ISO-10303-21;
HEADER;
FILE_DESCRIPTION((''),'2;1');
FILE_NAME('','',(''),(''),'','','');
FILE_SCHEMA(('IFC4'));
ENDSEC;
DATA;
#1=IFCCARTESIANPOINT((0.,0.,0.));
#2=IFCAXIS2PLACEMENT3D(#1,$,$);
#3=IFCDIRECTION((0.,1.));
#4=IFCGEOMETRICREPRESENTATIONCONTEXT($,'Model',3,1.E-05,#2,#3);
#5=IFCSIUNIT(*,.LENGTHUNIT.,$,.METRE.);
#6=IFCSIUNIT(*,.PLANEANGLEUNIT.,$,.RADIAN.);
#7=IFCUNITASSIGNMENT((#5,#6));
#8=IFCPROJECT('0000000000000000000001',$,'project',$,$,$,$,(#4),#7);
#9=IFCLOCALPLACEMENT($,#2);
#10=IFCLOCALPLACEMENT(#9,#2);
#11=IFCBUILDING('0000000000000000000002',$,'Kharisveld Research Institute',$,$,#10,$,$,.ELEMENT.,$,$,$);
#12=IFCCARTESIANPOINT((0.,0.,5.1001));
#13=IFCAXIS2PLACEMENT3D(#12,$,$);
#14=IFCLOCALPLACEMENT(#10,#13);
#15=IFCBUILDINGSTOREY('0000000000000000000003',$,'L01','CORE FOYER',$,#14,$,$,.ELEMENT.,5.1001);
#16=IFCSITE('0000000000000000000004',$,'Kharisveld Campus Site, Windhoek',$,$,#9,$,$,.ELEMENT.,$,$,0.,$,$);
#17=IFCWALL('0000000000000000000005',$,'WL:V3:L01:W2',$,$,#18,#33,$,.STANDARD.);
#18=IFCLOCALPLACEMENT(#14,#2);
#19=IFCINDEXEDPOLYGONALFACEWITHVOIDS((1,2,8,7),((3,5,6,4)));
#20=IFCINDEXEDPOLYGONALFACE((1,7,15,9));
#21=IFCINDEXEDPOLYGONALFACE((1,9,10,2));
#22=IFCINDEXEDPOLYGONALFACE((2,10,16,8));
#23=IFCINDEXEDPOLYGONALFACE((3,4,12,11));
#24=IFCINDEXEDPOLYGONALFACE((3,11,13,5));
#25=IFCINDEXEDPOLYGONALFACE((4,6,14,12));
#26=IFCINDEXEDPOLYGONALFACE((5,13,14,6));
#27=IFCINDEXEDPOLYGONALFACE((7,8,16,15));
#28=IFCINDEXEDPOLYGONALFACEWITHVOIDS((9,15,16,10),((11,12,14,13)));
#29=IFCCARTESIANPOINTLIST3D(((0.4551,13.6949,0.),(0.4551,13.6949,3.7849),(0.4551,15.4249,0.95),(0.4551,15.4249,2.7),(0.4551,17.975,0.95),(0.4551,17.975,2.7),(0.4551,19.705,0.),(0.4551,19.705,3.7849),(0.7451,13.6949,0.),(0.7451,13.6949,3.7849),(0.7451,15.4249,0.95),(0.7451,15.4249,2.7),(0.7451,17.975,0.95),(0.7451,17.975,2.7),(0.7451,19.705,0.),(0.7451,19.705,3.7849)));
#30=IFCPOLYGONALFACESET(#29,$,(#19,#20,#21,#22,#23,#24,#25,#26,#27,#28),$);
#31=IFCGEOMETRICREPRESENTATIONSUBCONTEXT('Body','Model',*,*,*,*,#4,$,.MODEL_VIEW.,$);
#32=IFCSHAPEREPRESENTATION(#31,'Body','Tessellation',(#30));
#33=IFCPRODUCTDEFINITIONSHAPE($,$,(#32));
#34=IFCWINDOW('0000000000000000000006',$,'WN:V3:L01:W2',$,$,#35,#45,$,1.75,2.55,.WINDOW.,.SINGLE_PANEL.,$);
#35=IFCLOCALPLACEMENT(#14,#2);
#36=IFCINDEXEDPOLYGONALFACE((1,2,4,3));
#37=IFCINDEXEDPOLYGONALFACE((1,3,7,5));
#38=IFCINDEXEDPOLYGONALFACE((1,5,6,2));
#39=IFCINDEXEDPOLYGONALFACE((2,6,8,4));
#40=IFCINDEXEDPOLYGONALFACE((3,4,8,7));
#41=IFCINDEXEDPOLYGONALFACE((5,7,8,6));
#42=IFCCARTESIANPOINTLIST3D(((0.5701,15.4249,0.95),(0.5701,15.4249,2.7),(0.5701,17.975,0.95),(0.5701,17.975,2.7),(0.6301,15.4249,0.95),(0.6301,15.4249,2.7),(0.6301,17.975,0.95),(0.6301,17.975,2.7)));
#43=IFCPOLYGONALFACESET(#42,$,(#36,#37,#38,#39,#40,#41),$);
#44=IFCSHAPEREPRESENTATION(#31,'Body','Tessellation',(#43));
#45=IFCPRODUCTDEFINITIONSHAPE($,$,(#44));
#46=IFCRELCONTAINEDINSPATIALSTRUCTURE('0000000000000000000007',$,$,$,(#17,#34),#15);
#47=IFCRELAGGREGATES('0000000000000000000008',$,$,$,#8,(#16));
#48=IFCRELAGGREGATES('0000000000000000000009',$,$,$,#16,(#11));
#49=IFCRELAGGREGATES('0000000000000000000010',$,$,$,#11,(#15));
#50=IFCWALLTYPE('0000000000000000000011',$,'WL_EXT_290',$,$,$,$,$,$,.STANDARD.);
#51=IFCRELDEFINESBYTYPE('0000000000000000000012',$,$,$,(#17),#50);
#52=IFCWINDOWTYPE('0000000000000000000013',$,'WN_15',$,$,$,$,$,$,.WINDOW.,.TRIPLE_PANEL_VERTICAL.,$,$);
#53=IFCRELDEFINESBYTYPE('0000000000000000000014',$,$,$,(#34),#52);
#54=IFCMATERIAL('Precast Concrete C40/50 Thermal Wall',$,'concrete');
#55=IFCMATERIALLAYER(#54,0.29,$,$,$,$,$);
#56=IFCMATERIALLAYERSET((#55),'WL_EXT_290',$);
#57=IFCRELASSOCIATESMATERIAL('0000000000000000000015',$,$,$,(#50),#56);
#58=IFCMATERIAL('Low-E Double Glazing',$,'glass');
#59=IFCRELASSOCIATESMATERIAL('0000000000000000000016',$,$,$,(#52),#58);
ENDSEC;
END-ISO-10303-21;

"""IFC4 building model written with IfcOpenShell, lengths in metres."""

from ifc_helpers import new_model, si_unit, direction, frame, frame_2d, origin, place, context, subcontext, project, spatial, rectangle, extrude, material, layer, layer_set, type_object, element, fill, save


model = new_model("IFC4")

# Units and contexts
model_context = context("Model", 3, precision=1e-05, world=origin(), true_north=direction((0.0, 1.0)))
body_context = subcontext(model_context, "Body", "Model", "MODEL_VIEW")
ifc_project = project(units=[si_unit("LENGTHUNIT", "METRE"), si_unit("PLANEANGLEUNIT", "RADIAN")], contexts=[model_context])

# Site, building, storey
site_placement = place(None, origin())
site = spatial("IfcSite", under=ifc_project, at=site_placement, Name="Kharisveld Campus Site, Windhoek", CompositionType="ELEMENT", RefElevation=0.0)
building_placement = place(site_placement, origin())
building = spatial("IfcBuilding", under=site, at=building_placement, Name="Kharisveld Research Institute", CompositionType="ELEMENT")
storey_placement = place(building_placement, frame((0.0, 0.0, 5.1001)))
storey = spatial("IfcBuildingStorey", under=building, at=storey_placement, Name="L01", Description="CORE FOYER", CompositionType="ELEMENT", Elevation=5.1001)

# Wall, opening, window
ifc_material_1 = material(Name="Precast Concrete C40/50 Thermal Wall", Category="concrete")
ifc_layer_1 = layer(ifc_material_1, 0.29)
ifc_layer_set_1 = layer_set([ifc_layer_1], Name="WL_EXT_290")
wall_type_1 = type_object("IfcWallType", Name="WL_EXT_290", PredefinedType="STANDARD", material=ifc_layer_set_1)
wall_1_placement = place(storey_placement, frame((0.6001, 13.6951, 0.0), z_axis=(0.0, 0.0, 1.0), x_axis=(0.0, 1.0, 0.0)))
wall_1 = element("IfcWall", 1, at=wall_1_placement, inside=storey, type_object=wall_type_1, Name="WL:V3:L01:W2", PredefinedType="STANDARD", context=body_context, shape_type="SweptSolid", body=[
    extrude(rectangle(XDim=6.01, YDim=0.29, at=frame_2d((3.0049, 0.0))), origin(), (0.0, 0.0, 1.0), 3.7849),
])
opening_1_placement = place(wall_1_placement, frame((1.73, 0.0, 0.95)))
opening_1 = element("IfcOpeningElement", 2, at=opening_1_placement, cuts=wall_1, PredefinedType="OPENING", context=body_context, shape_type="SweptSolid", body=[
    extrude(rectangle(XDim=2.55, YDim=1.75, at=frame_2d((1.2749, 0.875))), frame((0.0, 0.145, 0.0), z_axis=(0.0, -1.0, 0.0), x_axis=(1.0, 0.0, 0.0)), (0.0, 0.0, 1.0), 0.29),
])
ifc_material_2 = material(Name="Low-E Double Glazing", Category="glass")
window_type = type_object("IfcWindowType", Name="WN_15", PartitioningType="TRIPLE_PANEL_VERTICAL", PredefinedType="WINDOW", material=ifc_material_2)
window_placement = place(opening_1_placement, origin())
window = element("IfcWindow", 3, at=window_placement, inside=storey, type_object=window_type, Name="WN:V3:L01:W2", OverallHeight=1.75, OverallWidth=2.55, PartitioningType="SINGLE_PANEL", PredefinedType="WINDOW", context=body_context, shape_type="SweptSolid", body=[
    extrude(rectangle(XDim=2.55, YDim=1.75, at=frame_2d((1.2749, 0.875))), frame((0.0, 0.03, 0.0), z_axis=(0.0, -1.0, 0.0), x_axis=(1.0, 0.0, 0.0)), (0.0, 0.0, 1.0), 0.0601),
])
fill(opening_1, window)

save(model, "model.ifc")
